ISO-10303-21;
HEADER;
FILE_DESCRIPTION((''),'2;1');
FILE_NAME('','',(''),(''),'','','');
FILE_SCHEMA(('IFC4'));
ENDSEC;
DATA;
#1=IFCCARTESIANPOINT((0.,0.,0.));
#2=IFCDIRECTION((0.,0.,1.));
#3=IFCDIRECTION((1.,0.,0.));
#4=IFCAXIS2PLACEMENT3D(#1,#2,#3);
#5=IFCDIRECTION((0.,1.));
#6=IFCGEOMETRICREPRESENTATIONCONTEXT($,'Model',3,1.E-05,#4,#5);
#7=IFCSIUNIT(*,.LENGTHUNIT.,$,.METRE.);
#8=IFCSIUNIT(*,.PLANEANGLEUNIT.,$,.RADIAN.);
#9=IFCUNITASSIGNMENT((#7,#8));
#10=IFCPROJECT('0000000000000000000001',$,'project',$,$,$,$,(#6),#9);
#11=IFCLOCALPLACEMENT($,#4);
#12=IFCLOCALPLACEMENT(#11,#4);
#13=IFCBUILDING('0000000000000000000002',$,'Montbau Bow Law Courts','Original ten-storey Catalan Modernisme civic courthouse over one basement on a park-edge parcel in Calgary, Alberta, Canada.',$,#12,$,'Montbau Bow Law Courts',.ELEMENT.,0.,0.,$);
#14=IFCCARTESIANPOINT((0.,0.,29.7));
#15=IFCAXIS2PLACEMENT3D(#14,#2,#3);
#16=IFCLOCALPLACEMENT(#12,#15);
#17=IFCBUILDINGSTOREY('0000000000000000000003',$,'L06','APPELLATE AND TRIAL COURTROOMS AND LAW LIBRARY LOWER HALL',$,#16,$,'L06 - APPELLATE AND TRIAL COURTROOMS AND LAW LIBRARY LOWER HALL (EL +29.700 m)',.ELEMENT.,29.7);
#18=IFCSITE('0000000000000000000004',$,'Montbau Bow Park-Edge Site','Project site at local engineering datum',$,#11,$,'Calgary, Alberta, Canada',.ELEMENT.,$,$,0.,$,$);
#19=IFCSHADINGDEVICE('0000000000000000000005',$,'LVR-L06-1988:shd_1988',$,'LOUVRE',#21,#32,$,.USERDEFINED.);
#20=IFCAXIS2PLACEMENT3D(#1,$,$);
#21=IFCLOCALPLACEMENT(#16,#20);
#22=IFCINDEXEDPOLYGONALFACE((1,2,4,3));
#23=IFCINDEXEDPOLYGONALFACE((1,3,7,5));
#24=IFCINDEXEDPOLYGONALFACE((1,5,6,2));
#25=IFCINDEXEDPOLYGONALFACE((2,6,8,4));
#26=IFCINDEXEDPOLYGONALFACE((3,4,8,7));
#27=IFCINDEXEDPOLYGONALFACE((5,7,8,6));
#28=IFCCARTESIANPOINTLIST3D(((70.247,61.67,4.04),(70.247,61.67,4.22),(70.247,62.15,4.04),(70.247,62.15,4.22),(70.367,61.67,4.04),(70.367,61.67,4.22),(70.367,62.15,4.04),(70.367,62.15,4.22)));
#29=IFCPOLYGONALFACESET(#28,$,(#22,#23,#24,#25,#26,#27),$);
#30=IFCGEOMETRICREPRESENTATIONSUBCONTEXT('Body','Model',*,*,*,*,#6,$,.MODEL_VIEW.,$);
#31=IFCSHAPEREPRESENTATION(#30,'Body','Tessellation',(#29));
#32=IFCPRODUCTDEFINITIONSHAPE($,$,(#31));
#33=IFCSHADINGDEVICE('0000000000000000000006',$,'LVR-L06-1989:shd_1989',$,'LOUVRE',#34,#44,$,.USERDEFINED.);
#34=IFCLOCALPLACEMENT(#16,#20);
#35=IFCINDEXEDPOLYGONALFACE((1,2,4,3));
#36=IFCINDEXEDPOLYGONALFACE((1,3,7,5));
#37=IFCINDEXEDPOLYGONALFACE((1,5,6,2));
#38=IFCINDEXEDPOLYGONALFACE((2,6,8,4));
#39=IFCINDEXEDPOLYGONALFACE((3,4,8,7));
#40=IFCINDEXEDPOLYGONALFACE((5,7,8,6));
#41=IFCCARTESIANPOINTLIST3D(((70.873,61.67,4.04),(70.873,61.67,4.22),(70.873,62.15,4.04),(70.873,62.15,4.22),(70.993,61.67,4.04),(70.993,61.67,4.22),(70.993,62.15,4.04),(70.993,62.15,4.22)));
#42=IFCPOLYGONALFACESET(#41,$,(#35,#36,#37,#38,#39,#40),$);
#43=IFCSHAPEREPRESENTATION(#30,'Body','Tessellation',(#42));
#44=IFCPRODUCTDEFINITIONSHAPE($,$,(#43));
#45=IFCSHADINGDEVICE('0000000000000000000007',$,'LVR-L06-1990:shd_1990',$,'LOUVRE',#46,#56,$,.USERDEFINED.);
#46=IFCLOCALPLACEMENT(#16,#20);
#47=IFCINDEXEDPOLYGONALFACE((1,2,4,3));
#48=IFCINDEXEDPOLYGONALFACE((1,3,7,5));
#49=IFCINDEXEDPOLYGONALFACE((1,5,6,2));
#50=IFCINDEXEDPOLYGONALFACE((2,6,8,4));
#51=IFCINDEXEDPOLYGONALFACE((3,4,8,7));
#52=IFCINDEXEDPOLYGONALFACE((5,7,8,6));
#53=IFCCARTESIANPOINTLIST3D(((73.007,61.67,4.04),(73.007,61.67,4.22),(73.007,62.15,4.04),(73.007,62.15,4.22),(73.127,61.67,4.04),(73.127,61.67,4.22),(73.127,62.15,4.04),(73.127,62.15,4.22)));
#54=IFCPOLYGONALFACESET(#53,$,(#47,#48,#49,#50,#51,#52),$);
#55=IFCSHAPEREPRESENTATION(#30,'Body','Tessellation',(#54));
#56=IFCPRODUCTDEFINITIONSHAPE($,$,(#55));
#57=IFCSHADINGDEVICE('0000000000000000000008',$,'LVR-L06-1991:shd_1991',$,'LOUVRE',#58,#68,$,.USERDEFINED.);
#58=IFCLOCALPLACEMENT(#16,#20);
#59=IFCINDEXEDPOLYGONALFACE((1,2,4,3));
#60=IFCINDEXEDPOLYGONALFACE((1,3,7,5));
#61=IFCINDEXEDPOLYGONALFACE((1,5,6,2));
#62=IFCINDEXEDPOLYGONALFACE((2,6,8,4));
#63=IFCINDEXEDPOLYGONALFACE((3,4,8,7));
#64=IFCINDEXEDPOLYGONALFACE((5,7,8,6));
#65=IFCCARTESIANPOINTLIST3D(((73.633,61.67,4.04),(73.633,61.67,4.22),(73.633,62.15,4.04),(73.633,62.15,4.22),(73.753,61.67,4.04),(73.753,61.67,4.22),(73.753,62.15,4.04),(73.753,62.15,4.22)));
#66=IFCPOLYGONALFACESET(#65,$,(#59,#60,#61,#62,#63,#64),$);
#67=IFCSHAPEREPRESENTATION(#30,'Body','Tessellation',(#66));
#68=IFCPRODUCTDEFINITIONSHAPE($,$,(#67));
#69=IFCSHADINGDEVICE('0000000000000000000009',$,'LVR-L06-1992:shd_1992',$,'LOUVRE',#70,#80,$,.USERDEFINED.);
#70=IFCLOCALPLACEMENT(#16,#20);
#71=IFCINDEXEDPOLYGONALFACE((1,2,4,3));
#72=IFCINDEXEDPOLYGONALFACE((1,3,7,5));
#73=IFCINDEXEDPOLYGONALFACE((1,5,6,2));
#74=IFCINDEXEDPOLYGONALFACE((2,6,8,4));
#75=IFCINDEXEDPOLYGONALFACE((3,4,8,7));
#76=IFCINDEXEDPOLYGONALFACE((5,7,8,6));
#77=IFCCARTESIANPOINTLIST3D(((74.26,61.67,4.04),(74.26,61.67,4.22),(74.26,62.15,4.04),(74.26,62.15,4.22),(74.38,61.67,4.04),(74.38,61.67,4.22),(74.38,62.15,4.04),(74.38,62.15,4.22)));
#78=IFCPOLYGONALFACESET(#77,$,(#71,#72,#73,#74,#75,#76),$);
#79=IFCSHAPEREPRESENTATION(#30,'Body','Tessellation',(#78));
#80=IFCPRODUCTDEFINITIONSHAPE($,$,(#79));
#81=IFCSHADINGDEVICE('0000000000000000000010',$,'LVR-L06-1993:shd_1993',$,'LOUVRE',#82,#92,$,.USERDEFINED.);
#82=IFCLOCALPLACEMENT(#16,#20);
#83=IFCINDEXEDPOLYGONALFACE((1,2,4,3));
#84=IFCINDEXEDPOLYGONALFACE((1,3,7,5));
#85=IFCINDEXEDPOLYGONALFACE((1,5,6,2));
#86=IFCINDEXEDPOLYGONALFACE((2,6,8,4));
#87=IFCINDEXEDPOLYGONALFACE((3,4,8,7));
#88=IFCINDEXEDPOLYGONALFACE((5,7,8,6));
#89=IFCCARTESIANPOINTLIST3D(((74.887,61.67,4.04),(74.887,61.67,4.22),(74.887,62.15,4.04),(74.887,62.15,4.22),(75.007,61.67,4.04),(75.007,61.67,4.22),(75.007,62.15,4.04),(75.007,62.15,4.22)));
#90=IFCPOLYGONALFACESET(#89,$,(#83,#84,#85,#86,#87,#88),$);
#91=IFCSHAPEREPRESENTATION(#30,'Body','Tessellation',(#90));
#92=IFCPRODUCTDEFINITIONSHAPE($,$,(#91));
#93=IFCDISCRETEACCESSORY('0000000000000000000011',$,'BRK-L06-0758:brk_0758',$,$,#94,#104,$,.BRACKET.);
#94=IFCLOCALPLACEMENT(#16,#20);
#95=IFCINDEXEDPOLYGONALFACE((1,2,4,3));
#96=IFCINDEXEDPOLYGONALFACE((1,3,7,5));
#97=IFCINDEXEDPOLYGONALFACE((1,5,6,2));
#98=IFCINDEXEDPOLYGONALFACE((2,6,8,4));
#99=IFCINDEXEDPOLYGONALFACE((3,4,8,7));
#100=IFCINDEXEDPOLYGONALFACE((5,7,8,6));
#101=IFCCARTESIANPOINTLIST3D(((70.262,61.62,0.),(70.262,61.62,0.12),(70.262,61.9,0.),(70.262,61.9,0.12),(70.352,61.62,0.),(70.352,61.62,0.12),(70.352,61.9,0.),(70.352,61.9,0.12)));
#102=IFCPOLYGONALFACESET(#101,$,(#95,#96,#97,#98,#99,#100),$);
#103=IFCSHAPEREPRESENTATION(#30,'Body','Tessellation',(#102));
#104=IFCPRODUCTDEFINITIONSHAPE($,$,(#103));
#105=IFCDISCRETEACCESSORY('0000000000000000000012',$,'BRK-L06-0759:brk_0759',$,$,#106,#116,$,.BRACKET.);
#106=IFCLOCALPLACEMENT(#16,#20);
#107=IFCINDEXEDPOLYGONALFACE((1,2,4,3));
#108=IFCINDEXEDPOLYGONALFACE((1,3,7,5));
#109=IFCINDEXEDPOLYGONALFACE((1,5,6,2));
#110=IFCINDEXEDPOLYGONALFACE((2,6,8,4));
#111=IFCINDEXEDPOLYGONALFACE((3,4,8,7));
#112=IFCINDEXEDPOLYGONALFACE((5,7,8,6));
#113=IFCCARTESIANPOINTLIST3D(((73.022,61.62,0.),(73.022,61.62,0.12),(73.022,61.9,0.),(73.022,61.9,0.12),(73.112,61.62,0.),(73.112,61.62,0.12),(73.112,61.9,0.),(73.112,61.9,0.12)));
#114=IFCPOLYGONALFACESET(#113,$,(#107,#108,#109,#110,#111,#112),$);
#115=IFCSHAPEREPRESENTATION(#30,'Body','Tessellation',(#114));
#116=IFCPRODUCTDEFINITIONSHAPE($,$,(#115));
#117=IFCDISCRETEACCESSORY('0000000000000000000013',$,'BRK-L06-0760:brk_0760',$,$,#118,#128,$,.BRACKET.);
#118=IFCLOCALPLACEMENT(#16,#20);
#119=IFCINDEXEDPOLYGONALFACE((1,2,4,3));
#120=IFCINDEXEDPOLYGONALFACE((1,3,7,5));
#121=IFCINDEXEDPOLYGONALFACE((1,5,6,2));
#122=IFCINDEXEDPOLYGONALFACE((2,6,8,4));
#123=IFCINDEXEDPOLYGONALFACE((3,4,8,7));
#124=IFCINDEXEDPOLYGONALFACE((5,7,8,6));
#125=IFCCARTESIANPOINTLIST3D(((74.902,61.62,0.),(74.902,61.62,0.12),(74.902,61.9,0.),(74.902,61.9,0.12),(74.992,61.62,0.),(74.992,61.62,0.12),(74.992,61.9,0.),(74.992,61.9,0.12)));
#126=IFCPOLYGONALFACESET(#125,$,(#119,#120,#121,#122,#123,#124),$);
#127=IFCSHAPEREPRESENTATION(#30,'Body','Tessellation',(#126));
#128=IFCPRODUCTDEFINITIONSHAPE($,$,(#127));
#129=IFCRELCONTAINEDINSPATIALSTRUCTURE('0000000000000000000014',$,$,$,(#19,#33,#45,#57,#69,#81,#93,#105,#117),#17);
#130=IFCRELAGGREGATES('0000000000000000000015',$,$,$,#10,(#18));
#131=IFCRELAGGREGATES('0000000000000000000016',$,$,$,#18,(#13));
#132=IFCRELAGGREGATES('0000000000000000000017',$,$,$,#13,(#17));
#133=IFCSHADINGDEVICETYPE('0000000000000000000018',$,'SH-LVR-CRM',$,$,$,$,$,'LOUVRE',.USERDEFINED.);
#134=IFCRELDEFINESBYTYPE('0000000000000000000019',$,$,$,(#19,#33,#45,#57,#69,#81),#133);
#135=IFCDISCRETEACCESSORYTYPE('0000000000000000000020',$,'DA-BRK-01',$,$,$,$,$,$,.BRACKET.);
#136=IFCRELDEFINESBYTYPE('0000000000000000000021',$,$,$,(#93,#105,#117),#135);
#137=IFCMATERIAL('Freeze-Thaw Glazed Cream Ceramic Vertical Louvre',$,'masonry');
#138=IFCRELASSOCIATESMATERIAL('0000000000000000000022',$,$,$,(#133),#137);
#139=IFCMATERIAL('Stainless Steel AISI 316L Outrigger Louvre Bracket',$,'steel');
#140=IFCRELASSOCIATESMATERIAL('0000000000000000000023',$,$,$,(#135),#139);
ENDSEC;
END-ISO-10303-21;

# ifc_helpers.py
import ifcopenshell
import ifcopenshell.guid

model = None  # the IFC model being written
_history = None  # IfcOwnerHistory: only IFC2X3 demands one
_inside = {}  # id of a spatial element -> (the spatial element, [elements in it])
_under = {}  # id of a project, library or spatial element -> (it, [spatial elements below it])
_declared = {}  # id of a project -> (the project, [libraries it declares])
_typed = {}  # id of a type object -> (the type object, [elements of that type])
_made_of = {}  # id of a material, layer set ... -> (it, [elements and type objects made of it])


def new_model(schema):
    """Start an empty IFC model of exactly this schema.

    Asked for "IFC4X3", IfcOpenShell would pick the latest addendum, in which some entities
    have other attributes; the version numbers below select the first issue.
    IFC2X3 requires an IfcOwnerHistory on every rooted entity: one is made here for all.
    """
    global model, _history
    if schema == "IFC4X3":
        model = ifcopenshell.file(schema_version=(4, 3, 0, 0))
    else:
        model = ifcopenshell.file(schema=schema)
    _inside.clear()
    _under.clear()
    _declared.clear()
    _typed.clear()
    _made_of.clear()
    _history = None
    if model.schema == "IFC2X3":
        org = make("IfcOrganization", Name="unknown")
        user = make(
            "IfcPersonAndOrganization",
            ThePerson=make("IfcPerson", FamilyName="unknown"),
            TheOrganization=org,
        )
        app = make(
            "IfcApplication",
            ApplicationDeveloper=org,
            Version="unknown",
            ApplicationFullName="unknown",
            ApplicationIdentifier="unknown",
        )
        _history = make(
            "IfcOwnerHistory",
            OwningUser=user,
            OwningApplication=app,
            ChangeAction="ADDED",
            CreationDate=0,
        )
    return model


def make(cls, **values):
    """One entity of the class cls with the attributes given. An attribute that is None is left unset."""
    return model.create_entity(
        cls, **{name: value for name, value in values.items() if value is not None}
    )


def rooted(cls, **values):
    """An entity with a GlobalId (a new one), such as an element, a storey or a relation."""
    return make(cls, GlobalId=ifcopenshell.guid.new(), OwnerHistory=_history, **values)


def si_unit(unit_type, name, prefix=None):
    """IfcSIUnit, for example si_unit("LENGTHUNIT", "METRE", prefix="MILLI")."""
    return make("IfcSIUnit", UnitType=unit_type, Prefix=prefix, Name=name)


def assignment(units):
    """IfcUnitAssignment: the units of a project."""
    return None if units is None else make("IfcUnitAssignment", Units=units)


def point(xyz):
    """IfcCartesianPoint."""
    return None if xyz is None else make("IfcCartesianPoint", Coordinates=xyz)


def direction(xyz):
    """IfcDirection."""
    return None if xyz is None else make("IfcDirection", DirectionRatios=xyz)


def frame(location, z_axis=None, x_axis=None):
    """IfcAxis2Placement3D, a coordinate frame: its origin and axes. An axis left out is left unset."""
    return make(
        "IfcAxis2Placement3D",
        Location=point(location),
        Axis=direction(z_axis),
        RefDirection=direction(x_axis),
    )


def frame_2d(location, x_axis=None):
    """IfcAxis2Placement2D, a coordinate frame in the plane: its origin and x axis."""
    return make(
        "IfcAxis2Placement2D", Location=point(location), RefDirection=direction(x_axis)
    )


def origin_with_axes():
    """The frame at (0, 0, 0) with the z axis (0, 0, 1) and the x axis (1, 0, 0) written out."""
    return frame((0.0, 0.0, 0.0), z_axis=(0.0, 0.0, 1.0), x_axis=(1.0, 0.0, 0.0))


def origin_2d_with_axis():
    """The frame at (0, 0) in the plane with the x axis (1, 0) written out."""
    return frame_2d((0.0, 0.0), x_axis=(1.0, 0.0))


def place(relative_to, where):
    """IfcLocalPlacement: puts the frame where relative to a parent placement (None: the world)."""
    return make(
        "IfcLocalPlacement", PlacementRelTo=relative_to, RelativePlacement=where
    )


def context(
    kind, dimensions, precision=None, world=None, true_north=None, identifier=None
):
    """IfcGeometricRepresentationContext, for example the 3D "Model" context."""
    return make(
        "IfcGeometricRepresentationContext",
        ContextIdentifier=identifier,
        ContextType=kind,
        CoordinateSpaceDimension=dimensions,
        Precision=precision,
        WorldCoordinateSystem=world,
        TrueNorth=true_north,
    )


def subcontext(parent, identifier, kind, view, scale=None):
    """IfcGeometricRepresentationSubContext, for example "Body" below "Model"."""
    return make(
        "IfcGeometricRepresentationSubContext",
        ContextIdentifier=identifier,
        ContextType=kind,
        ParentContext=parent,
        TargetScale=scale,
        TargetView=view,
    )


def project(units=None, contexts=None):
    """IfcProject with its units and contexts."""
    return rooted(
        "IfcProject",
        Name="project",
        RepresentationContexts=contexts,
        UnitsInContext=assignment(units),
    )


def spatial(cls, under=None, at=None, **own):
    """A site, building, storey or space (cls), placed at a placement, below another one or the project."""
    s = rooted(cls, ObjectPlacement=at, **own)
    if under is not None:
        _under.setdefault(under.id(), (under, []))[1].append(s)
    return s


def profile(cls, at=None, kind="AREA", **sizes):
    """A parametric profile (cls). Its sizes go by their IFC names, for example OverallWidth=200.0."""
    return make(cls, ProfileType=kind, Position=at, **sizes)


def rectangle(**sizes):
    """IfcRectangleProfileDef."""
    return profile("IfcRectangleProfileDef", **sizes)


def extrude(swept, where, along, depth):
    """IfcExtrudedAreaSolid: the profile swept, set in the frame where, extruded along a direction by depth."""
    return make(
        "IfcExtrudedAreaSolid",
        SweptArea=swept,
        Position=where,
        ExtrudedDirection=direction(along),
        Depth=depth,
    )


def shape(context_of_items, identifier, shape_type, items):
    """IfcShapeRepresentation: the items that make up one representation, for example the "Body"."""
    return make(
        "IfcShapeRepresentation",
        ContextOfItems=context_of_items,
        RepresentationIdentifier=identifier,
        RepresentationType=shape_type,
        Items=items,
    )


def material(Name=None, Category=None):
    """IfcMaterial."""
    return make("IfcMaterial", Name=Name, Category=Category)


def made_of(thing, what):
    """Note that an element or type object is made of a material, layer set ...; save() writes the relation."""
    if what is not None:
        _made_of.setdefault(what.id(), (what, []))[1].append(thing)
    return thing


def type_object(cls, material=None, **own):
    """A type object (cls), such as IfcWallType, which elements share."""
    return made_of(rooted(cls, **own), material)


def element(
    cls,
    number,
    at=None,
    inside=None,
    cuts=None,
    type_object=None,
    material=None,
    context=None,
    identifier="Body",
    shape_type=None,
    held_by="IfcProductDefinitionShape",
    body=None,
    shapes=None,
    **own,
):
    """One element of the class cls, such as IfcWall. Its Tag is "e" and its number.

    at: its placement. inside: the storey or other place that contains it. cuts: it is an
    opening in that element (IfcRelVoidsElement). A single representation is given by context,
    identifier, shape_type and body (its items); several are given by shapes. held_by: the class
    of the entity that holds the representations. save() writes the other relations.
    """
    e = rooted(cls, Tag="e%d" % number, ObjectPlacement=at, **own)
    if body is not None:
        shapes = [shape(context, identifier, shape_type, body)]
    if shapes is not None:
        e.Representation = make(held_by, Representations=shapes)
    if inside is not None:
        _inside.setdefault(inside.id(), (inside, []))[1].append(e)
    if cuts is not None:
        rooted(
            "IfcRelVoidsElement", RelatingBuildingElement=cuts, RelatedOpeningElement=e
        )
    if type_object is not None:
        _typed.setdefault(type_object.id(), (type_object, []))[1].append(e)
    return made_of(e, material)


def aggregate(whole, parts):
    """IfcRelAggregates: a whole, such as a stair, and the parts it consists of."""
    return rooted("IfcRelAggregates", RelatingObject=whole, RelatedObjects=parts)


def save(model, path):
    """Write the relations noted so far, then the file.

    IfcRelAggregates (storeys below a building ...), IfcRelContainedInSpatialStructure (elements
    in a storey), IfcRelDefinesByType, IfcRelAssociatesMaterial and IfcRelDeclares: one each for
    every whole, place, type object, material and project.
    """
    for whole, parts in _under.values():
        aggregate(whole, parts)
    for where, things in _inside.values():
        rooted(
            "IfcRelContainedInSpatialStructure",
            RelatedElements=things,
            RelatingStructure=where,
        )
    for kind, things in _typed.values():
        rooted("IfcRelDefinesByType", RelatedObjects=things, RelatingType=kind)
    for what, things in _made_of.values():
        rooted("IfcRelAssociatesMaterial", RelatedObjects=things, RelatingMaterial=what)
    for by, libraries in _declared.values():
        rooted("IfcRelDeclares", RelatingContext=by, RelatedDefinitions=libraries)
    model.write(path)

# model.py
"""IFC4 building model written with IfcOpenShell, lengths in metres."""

from ifc_helpers import new_model, si_unit, direction, frame, origin_with_axes, origin_2d_with_axis, place, context, subcontext, project, spatial, rectangle, extrude, material, type_object, element, save


model = new_model("IFC4")

# Units and contexts
model_context = context("Model", 3, precision=1e-05, world=origin_with_axes(), true_north=direction((0.0, 1.0)))
body_context = subcontext(model_context, "Body", "Model", "MODEL_VIEW")
ifc_project = project(units=[si_unit("LENGTHUNIT", "METRE"), si_unit("PLANEANGLEUNIT", "RADIAN")], contexts=[model_context])

# Site, building, storey
site_placement = place(None, origin_with_axes())
site = spatial("IfcSite", under=ifc_project, at=site_placement, Name="Montbau Bow Park-Edge Site", Description="Project site at local engineering datum", LongName="Calgary, Alberta, Canada", CompositionType="ELEMENT", RefElevation=0.0)
building_placement = place(site_placement, origin_with_axes())
building = spatial("IfcBuilding", under=site, at=building_placement, Name="Montbau Bow Law Courts", Description="Original ten-storey Catalan Modernisme civic courthouse over one basement on a park-edge parcel in Calgary, Alberta, Canada.", LongName="Montbau Bow Law Courts", CompositionType="ELEMENT", ElevationOfRefHeight=0.0, ElevationOfTerrain=0.0)
storey_placement = place(building_placement, frame((0.0, 0.0, 29.7), z_axis=(0.0, 0.0, 1.0), x_axis=(1.0, 0.0, 0.0)))
storey = spatial("IfcBuildingStorey", under=building, at=storey_placement, Name="L06", Description="APPELLATE AND TRIAL COURTROOMS AND LAW LIBRARY LOWER HALL", LongName="L06 - APPELLATE AND TRIAL COURTROOMS AND LAW LIBRARY LOWER HALL (EL +29.700 m)", CompositionType="ELEMENT", Elevation=29.7)

# Shading devices
ifc_material_1 = material(Name="Freeze-Thaw Glazed Cream Ceramic Vertical Louvre", Category="masonry")
shading_device_type = type_object("IfcShadingDeviceType", Name="SH-LVR-CRM", ElementType="LOUVRE", PredefinedType="USERDEFINED", material=ifc_material_1)
for number, where, z_axis, x_axis, name in (
    (1, (70.307, 61.91, 33.74), (0.0, 0.0, 1.0), (0.0, 1.0, 0.0), "LVR-L06-1988:shd_1988"),
    (2, (70.933, 61.91, 33.74), (0.0, 0.0, 1.0), (0.0, 1.0, 0.0), "LVR-L06-1989:shd_1989"),
    (3, (73.067, 61.91, 33.74), (0.0, 0.0, 1.0), (0.0, 1.0, 0.0), "LVR-L06-1990:shd_1990"),
    (4, (73.693, 61.91, 33.74), (0.0, 0.0, 1.0), (0.0, 1.0, 0.0), "LVR-L06-1991:shd_1991"),
    (5, (74.32, 61.91, 33.74), (0.0, 0.0, 1.0), (0.0, 1.0, 0.0), "LVR-L06-1992:shd_1992"),
    (6, (74.947, 61.91, 33.74), (0.0, 0.0, 1.0), (0.0, 1.0, 0.0), "LVR-L06-1993:shd_1993"),
):
    element("IfcShadingDevice", number, at=place(None, frame(where, z_axis=z_axis, x_axis=x_axis)), inside=storey, type_object=shading_device_type, Name=name, ObjectType="LOUVRE", PredefinedType="USERDEFINED", context=body_context, shape_type="SweptSolid", body=[
        extrude(rectangle(XDim=0.48, YDim=0.12, at=origin_2d_with_axis()), origin_with_axes(), (0.0, 0.0, 1.0), 0.18),
    ])

# Discrete accessories
ifc_material_2 = material(Name="Stainless Steel AISI 316L Outrigger Louvre Bracket", Category="steel")
discrete_accessory_type = type_object("IfcDiscreteAccessoryType", Name="DA-BRK-01", PredefinedType="BRACKET", material=ifc_material_2)
for number, where, z_axis, x_axis, name in (
    (7, (70.307, 61.76, 29.7), (0.0, 0.0, 1.0), (0.0, 1.0, 0.0), "BRK-L06-0758:brk_0758"),
    (8, (73.067, 61.76, 29.7), (0.0, 0.0, 1.0), (0.0, 1.0, 0.0), "BRK-L06-0759:brk_0759"),
    (9, (74.947, 61.76, 29.7), (0.0, 0.0, 1.0), (0.0, 1.0, 0.0), "BRK-L06-0760:brk_0760"),
):
    element("IfcDiscreteAccessory", number, at=place(None, frame(where, z_axis=z_axis, x_axis=x_axis)), inside=storey, type_object=discrete_accessory_type, Name=name, PredefinedType="BRACKET", context=body_context, shape_type="SweptSolid", body=[
        extrude(rectangle(XDim=0.28, YDim=0.09, at=origin_2d_with_axis()), origin_with_axes(), (0.0, 0.0, 1.0), 0.12),
    ])

save(model, "model.ifc")
